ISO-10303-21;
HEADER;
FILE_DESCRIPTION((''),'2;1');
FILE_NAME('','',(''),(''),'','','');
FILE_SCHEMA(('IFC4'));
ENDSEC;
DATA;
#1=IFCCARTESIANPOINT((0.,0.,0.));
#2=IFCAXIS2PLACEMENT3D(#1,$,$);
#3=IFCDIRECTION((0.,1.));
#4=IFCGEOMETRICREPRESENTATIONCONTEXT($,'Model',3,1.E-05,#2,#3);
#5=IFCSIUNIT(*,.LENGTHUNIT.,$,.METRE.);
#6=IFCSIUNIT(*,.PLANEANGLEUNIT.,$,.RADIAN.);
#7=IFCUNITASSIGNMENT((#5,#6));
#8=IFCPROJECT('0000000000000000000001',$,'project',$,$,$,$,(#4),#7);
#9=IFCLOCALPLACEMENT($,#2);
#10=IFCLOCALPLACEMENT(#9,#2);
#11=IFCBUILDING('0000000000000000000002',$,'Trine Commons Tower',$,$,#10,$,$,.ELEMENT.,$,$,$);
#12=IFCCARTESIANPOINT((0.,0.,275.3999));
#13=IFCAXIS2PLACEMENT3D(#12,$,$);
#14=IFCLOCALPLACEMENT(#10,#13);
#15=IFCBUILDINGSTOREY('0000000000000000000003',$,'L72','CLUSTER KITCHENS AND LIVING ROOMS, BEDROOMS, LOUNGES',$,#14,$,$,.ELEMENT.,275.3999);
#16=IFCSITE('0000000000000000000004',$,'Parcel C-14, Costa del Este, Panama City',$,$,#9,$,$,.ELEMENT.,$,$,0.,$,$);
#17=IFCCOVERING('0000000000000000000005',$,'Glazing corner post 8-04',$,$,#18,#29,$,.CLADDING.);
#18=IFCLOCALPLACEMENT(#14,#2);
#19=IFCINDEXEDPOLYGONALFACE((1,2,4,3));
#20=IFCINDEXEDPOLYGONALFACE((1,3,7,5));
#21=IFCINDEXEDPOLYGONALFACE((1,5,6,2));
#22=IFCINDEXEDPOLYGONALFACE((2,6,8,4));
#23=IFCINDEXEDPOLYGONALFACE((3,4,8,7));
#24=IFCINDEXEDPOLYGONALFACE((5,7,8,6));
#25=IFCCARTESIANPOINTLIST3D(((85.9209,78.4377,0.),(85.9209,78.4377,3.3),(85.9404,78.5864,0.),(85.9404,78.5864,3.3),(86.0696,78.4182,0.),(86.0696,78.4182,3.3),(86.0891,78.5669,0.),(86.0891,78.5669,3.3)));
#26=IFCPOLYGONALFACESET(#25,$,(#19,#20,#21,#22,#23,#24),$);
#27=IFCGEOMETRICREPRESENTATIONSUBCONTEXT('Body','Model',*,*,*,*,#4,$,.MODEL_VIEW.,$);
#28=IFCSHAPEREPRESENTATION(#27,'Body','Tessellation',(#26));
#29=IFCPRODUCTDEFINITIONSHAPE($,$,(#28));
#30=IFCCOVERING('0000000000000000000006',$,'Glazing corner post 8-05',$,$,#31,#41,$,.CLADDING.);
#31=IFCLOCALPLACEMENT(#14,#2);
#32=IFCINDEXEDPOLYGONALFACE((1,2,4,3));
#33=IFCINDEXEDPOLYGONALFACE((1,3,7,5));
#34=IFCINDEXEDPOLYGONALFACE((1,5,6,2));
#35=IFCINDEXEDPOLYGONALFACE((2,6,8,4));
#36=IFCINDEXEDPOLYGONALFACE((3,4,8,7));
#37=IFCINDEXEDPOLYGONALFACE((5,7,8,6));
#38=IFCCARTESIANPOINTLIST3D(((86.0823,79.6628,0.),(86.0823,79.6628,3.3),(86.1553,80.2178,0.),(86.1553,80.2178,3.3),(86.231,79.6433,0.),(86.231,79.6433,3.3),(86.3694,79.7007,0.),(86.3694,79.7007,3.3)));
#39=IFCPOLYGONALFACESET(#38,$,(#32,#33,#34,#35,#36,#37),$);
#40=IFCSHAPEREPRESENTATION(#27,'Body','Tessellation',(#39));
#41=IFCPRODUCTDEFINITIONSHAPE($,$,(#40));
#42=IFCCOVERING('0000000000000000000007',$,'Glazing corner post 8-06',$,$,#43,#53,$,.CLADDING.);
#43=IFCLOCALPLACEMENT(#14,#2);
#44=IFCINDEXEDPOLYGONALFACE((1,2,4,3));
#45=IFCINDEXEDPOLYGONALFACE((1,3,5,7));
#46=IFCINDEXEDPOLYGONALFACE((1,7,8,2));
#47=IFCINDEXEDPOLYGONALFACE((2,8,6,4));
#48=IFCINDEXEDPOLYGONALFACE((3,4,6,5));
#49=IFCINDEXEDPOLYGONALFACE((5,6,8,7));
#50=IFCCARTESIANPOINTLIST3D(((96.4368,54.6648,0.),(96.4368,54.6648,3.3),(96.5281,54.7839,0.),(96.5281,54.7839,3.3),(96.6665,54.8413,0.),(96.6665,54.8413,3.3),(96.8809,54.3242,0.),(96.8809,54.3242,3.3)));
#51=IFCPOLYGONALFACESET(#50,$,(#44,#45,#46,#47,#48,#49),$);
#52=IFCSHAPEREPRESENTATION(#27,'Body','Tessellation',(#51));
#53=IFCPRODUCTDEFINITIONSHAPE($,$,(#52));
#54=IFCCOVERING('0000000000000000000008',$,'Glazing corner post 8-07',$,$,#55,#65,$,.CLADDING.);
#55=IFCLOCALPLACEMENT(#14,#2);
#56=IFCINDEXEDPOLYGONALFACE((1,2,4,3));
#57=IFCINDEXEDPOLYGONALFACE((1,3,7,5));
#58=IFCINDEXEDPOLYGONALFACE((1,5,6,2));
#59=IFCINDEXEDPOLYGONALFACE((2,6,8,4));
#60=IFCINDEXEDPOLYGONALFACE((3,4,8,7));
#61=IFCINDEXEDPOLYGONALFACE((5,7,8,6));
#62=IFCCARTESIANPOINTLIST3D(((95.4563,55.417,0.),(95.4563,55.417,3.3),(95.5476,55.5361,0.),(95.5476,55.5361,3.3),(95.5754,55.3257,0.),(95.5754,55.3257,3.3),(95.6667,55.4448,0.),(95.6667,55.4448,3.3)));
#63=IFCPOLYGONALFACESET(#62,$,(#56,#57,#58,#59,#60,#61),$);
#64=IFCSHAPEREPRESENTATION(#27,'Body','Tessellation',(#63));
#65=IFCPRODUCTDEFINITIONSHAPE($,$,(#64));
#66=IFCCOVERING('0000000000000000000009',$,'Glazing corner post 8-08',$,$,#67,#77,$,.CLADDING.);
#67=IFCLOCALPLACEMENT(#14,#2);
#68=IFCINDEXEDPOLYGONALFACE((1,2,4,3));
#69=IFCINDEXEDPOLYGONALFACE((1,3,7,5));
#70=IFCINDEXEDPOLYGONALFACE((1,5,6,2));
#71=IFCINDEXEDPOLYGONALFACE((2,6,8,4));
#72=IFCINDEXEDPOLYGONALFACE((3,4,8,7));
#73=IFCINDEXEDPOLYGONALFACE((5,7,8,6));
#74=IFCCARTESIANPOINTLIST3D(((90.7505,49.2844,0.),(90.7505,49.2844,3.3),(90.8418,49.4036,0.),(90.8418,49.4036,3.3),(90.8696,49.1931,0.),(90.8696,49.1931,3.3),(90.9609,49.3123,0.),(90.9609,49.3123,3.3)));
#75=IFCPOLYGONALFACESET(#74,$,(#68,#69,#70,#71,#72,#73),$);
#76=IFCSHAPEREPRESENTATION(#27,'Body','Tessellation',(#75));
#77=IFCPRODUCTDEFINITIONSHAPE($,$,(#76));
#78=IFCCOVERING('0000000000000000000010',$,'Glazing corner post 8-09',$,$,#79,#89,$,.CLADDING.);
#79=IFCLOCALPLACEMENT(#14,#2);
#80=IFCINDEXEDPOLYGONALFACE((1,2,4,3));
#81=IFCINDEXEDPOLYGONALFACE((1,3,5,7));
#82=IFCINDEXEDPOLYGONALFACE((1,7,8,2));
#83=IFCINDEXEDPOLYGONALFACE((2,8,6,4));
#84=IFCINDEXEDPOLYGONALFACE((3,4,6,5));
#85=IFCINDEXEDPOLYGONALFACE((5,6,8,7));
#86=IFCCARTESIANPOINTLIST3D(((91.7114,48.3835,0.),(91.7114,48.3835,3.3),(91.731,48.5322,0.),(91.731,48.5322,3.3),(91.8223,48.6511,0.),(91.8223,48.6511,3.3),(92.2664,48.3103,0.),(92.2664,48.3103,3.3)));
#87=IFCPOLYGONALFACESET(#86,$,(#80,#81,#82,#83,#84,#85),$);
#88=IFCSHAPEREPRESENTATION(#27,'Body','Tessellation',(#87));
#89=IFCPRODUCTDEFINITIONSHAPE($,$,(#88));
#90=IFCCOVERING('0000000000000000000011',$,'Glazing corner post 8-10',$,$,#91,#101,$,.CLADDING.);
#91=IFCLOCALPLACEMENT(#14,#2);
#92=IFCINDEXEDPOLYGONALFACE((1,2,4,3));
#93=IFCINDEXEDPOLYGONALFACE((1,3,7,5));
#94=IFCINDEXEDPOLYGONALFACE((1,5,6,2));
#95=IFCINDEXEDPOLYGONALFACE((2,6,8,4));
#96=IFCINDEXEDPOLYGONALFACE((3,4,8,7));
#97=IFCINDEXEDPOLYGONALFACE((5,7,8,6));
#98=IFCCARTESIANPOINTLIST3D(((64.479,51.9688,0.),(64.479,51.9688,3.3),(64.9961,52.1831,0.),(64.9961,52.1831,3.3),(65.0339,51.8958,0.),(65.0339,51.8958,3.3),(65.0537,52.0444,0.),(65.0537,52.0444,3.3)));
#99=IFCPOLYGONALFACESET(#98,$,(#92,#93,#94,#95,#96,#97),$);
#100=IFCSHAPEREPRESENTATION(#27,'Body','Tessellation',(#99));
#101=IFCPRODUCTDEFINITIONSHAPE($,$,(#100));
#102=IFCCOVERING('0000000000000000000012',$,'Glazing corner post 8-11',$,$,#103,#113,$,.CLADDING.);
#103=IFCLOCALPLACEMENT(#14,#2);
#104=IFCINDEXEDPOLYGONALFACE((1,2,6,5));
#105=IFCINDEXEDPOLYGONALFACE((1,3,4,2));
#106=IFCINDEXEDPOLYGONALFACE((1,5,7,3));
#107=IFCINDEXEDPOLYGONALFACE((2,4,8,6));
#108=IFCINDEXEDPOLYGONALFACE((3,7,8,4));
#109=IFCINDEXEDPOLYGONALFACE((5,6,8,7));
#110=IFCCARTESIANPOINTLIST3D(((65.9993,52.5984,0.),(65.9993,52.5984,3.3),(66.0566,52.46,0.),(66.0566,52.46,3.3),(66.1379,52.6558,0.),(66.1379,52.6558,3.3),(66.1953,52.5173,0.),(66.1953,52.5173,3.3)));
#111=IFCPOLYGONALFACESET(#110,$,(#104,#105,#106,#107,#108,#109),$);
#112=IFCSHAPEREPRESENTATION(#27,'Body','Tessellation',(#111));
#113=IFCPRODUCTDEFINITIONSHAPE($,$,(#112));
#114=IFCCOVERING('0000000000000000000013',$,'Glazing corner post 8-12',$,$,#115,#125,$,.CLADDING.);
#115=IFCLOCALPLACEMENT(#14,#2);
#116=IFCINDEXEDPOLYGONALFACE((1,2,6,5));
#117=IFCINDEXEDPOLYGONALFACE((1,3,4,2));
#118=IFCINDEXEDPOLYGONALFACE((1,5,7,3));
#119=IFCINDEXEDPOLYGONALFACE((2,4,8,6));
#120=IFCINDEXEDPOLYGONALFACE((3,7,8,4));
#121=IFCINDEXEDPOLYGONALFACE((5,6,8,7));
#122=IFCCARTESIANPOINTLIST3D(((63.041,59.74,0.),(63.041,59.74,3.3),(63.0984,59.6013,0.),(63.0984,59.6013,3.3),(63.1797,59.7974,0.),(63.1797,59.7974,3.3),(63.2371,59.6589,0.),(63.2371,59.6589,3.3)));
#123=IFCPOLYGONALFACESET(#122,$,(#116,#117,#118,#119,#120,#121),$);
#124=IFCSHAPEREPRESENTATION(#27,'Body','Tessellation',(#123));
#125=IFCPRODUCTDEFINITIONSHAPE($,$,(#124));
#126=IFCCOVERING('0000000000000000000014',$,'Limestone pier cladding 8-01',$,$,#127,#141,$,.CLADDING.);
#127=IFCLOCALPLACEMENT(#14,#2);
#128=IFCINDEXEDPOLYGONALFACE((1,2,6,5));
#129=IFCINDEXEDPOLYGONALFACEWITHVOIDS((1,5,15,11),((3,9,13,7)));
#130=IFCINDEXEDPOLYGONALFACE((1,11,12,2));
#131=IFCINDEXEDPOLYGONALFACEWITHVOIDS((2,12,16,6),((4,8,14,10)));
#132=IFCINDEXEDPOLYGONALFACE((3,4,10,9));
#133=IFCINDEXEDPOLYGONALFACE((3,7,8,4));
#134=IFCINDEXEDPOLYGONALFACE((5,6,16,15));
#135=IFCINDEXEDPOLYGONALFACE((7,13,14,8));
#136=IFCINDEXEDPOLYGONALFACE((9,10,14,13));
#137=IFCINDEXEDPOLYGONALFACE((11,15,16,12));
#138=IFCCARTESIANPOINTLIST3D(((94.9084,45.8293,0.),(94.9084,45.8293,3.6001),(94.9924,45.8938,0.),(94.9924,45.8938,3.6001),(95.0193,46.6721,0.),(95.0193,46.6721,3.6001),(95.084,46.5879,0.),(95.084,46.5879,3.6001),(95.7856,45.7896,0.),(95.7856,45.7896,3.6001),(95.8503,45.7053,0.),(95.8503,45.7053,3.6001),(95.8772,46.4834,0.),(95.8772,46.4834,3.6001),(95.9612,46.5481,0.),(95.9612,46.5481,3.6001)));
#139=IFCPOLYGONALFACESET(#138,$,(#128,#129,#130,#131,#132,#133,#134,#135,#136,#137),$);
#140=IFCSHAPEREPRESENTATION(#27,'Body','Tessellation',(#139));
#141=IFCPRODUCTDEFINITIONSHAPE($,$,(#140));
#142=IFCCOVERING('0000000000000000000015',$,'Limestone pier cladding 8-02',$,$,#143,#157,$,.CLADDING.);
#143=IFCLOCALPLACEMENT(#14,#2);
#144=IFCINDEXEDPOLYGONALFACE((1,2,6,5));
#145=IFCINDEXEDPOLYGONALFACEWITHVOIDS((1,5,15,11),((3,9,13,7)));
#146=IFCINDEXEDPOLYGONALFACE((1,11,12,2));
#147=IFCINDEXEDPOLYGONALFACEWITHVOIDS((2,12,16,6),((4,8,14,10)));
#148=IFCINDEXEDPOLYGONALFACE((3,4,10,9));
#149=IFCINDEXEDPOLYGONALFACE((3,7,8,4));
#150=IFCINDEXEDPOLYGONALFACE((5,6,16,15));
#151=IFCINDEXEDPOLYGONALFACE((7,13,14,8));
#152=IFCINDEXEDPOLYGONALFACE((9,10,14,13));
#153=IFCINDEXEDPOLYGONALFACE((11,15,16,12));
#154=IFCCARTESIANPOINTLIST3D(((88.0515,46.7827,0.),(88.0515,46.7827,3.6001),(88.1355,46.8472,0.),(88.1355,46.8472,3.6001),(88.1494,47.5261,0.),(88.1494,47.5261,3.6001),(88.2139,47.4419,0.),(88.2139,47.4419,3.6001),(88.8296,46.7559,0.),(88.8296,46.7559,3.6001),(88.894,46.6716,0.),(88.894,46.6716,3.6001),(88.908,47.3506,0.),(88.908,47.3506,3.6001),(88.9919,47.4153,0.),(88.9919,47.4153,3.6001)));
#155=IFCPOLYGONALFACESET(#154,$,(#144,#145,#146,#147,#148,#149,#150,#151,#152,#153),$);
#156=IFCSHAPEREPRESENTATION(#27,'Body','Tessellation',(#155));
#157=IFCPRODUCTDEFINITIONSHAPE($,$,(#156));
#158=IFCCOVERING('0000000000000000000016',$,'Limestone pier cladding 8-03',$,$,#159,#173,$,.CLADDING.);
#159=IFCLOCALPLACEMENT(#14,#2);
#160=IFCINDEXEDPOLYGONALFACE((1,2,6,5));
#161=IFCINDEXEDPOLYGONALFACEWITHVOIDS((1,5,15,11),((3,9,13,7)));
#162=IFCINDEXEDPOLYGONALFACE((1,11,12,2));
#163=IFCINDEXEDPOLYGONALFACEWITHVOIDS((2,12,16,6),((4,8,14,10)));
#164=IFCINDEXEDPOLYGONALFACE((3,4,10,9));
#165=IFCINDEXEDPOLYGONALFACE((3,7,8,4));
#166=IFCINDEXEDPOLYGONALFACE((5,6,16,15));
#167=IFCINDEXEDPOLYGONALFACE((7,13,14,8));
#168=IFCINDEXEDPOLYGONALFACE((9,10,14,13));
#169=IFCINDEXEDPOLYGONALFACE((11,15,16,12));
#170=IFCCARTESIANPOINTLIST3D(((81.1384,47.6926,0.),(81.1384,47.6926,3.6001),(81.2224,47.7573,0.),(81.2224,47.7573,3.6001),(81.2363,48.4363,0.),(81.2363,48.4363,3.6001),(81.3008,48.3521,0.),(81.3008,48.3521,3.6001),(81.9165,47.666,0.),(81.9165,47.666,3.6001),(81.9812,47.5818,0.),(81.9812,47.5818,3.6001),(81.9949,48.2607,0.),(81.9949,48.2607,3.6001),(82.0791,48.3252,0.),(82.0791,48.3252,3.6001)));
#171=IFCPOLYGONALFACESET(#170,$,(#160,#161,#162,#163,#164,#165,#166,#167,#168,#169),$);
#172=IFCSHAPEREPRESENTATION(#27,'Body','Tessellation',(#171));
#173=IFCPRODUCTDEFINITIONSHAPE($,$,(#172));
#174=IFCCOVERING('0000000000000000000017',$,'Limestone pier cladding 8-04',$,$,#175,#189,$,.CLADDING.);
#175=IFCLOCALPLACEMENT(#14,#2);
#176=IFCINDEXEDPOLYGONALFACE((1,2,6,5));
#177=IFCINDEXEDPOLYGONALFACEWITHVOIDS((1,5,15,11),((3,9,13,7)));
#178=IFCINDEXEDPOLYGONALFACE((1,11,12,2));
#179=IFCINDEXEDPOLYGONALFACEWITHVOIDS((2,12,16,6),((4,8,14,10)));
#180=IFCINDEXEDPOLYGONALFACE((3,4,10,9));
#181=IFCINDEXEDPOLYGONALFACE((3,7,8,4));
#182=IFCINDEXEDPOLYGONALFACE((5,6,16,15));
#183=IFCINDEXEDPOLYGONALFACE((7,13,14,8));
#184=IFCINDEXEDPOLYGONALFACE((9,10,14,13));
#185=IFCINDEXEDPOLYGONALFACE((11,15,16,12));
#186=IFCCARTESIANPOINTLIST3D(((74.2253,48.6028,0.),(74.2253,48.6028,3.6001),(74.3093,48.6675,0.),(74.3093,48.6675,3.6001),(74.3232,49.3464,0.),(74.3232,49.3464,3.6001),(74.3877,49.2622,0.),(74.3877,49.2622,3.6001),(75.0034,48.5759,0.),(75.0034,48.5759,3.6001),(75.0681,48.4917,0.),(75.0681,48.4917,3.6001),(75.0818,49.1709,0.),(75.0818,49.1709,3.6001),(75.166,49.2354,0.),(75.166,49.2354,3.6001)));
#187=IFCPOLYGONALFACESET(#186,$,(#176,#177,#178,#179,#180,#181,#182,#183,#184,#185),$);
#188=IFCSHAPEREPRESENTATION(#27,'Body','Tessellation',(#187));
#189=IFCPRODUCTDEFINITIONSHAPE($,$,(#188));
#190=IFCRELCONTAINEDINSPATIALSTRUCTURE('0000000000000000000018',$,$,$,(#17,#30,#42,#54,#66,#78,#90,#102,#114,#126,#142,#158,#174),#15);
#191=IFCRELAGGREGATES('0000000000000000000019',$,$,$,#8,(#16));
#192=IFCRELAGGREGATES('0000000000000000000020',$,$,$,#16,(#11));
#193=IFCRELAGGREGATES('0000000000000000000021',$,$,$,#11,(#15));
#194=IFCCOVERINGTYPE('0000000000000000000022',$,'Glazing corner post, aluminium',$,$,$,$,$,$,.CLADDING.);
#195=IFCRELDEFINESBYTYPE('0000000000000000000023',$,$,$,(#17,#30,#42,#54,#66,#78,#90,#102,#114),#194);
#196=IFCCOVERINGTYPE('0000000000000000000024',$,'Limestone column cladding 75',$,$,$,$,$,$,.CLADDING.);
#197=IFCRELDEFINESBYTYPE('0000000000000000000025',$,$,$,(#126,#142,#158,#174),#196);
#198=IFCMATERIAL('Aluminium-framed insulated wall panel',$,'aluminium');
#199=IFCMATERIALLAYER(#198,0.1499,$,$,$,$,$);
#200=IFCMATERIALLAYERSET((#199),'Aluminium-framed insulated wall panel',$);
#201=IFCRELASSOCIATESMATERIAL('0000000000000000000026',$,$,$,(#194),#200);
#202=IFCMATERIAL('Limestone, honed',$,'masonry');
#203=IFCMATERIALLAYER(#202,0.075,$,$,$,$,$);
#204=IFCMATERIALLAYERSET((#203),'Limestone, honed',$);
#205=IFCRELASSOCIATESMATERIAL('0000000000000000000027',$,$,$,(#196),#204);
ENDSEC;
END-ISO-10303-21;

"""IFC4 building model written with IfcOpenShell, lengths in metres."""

from ifc_helpers import new_model, si_unit, direction, frame, origin, place, context, subcontext, project, spatial, polyline, outline, extrude, material, layer, layer_set, type_object, element, save


model = new_model("IFC4")

# Units and contexts
model_context = context("Model", 3, precision=1e-05, world=origin(), true_north=direction((0.0, 1.0)))
body_context = subcontext(model_context, "Body", "Model", "MODEL_VIEW")
ifc_project = project(units=[si_unit("LENGTHUNIT", "METRE"), si_unit("PLANEANGLEUNIT", "RADIAN")], contexts=[model_context])

# Site, building, storey
site_placement = place(None, origin())
site = spatial("IfcSite", under=ifc_project, at=site_placement, Name="Parcel C-14, Costa del Este, Panama City", CompositionType="ELEMENT", RefElevation=0.0)
building_placement = place(site_placement, origin())
building = spatial("IfcBuilding", under=site, at=building_placement, Name="Trine Commons Tower", CompositionType="ELEMENT")
storey_placement = place(building_placement, frame((0.0, 0.0, 275.3999)))
storey = spatial("IfcBuildingStorey", under=building, at=storey_placement, Name="L72", Description="CLUSTER KITCHENS AND LIVING ROOMS, BEDROOMS, LOUNGES", CompositionType="ELEMENT", Elevation=275.3999)

# Coverings
ifc_material_1 = material(Name="Aluminium-framed insulated wall panel", Category="aluminium")
ifc_layer_1 = layer(ifc_material_1, 0.1499)
ifc_layer_set_1 = layer_set([ifc_layer_1], Name="Aluminium-framed insulated wall panel")
covering_type_1 = type_object("IfcCoveringType", Name="Glazing corner post, aluminium", PredefinedType="CLADDING", material=ifc_layer_set_1)
covering_1_placement = place(storey_placement, origin())
element("IfcCovering", 1, at=covering_1_placement, inside=storey, type_object=covering_type_1, Name="Glazing corner post 8-04", PredefinedType="CLADDING", context=body_context, shape_type="SweptSolid", body=[
    extrude(outline(polyline([(85.9209, 78.4377), (86.0696, 78.4182), (86.0891, 78.5669), (85.9404, 78.5864), (85.9209, 78.4377)])), origin(), (0.0, 0.0, 1.0), 3.3),
])
covering_2_placement = place(storey_placement, origin())
element("IfcCovering", 2, at=covering_2_placement, inside=storey, type_object=covering_type_1, Name="Glazing corner post 8-05", PredefinedType="CLADDING", context=body_context, shape_type="SweptSolid", body=[
    extrude(outline(polyline([(86.0823, 79.6628), (86.231, 79.6433), (86.3694, 79.7007), (86.1553, 80.2178), (86.0823, 79.6628)])), origin(), (0.0, 0.0, 1.0), 3.3),
])
covering_3_placement = place(storey_placement, origin())
element("IfcCovering", 3, at=covering_3_placement, inside=storey, type_object=covering_type_1, Name="Glazing corner post 8-06", PredefinedType="CLADDING", context=body_context, shape_type="SweptSolid", body=[
    extrude(outline(polyline([(96.4368, 54.6648), (96.8809, 54.3242), (96.6665, 54.8413), (96.5281, 54.7839), (96.4368, 54.6648)])), origin(), (0.0, 0.0, 1.0), 3.3),
])
covering_4_placement = place(storey_placement, origin())
element("IfcCovering", 4, at=covering_4_placement, inside=storey, type_object=covering_type_1, Name="Glazing corner post 8-07", PredefinedType="CLADDING", context=body_context, shape_type="SweptSolid", body=[
    extrude(outline(polyline([(95.4563, 55.417), (95.5754, 55.3257), (95.6667, 55.4448), (95.5476, 55.5361), (95.4563, 55.417)])), origin(), (0.0, 0.0, 1.0), 3.3),
])
covering_5_placement = place(storey_placement, origin())
element("IfcCovering", 5, at=covering_5_placement, inside=storey, type_object=covering_type_1, Name="Glazing corner post 8-08", PredefinedType="CLADDING", context=body_context, shape_type="SweptSolid", body=[
    extrude(outline(polyline([(90.8696, 49.1931), (90.9609, 49.3123), (90.8418, 49.4036), (90.7505, 49.2844), (90.8696, 49.1931)])), origin(), (0.0, 0.0, 1.0), 3.3),
])
covering_6_placement = place(storey_placement, origin())
element("IfcCovering", 6, at=covering_6_placement, inside=storey, type_object=covering_type_1, Name="Glazing corner post 8-09", PredefinedType="CLADDING", context=body_context, shape_type="SweptSolid", body=[
    extrude(outline(polyline([(91.7114, 48.3835), (92.2664, 48.3103), (91.8223, 48.6511), (91.731, 48.5322), (91.7114, 48.3835)])), origin(), (0.0, 0.0, 1.0), 3.3),
])
covering_7_placement = place(storey_placement, origin())
element("IfcCovering", 7, at=covering_7_placement, inside=storey, type_object=covering_type_1, Name="Glazing corner post 8-10", PredefinedType="CLADDING", context=body_context, shape_type="SweptSolid", body=[
    extrude(outline(polyline([(65.0339, 51.8958), (65.0537, 52.0444), (64.9961, 52.1831), (64.479, 51.9688), (65.0339, 51.8958)])), origin(), (0.0, 0.0, 1.0), 3.3),
])
covering_8_placement = place(storey_placement, origin())
element("IfcCovering", 8, at=covering_8_placement, inside=storey, type_object=covering_type_1, Name="Glazing corner post 8-11", PredefinedType="CLADDING", context=body_context, shape_type="SweptSolid", body=[
    extrude(outline(polyline([(66.0566, 52.46), (66.1953, 52.5173), (66.1379, 52.6558), (65.9993, 52.5984), (66.0566, 52.46)])), origin(), (0.0, 0.0, 1.0), 3.3),
])
covering_9_placement = place(storey_placement, origin())
element("IfcCovering", 9, at=covering_9_placement, inside=storey, type_object=covering_type_1, Name="Glazing corner post 8-12", PredefinedType="CLADDING", context=body_context, shape_type="SweptSolid", body=[
    extrude(outline(polyline([(63.041, 59.74), (63.0984, 59.6013), (63.2371, 59.6589), (63.1797, 59.7974), (63.041, 59.74)])), origin(), (0.0, 0.0, 1.0), 3.3),
])
ifc_material_2 = material(Name="Limestone, honed", Category="masonry")
ifc_layer_2 = layer(ifc_material_2, 0.075)
ifc_layer_set_2 = layer_set([ifc_layer_2], Name="Limestone, honed")
covering_type_2 = type_object("IfcCoveringType", Name="Limestone column cladding 75", PredefinedType="CLADDING", material=ifc_layer_set_2)
covering_10_placement = place(storey_placement, origin())
element("IfcCovering", 10, at=covering_10_placement, inside=storey, type_object=covering_type_2, Name="Limestone pier cladding 8-01", PredefinedType="CLADDING", context=body_context, shape_type="SweptSolid", body=[
    extrude(outline(polyline([(95.0193, 46.6721), (94.9084, 45.8293), (95.8503, 45.7053), (95.9612, 46.5481), (95.0193, 46.6721)]), holes=[polyline([(95.084, 46.5879), (94.9924, 45.8938), (95.7856, 45.7896), (95.8772, 46.4834), (95.084, 46.5879)])]), origin(), (0.0, 0.0, 1.0), 3.6001),
])
covering_11_placement = place(storey_placement, origin())
element("IfcCovering", 11, at=covering_11_placement, inside=storey, type_object=covering_type_2, Name="Limestone pier cladding 8-02", PredefinedType="CLADDING", context=body_context, shape_type="SweptSolid", body=[
    extrude(outline(polyline([(88.1494, 47.5261), (88.0515, 46.7827), (88.894, 46.6716), (88.9919, 47.4153), (88.1494, 47.5261)]), holes=[polyline([(88.2139, 47.4419), (88.1355, 46.8472), (88.8296, 46.7559), (88.908, 47.3506), (88.2139, 47.4419)])]), origin(), (0.0, 0.0, 1.0), 3.6001),
])
covering_12_placement = place(storey_placement, origin())
element("IfcCovering", 12, at=covering_12_placement, inside=storey, type_object=covering_type_2, Name="Limestone pier cladding 8-03", PredefinedType="CLADDING", context=body_context, shape_type="SweptSolid", body=[
    extrude(outline(polyline([(81.2363, 48.4363), (81.1384, 47.6926), (81.9812, 47.5818), (82.0791, 48.3252), (81.2363, 48.4363)]), holes=[polyline([(81.3008, 48.3521), (81.2224, 47.7573), (81.9165, 47.666), (81.9949, 48.2607), (81.3008, 48.3521)])]), origin(), (0.0, 0.0, 1.0), 3.6001),
])
covering_13_placement = place(storey_placement, origin())
element("IfcCovering", 13, at=covering_13_placement, inside=storey, type_object=covering_type_2, Name="Limestone pier cladding 8-04", PredefinedType="CLADDING", context=body_context, shape_type="SweptSolid", body=[
    extrude(outline(polyline([(74.3232, 49.3464), (74.2253, 48.6028), (75.0681, 48.4917), (75.166, 49.2354), (74.3232, 49.3464)]), holes=[polyline([(74.3877, 49.2622), (74.3093, 48.6675), (75.0034, 48.5759), (75.0818, 49.1709), (74.3877, 49.2622)])]), origin(), (0.0, 0.0, 1.0), 3.6001),
])

save(model, "model.ifc")
